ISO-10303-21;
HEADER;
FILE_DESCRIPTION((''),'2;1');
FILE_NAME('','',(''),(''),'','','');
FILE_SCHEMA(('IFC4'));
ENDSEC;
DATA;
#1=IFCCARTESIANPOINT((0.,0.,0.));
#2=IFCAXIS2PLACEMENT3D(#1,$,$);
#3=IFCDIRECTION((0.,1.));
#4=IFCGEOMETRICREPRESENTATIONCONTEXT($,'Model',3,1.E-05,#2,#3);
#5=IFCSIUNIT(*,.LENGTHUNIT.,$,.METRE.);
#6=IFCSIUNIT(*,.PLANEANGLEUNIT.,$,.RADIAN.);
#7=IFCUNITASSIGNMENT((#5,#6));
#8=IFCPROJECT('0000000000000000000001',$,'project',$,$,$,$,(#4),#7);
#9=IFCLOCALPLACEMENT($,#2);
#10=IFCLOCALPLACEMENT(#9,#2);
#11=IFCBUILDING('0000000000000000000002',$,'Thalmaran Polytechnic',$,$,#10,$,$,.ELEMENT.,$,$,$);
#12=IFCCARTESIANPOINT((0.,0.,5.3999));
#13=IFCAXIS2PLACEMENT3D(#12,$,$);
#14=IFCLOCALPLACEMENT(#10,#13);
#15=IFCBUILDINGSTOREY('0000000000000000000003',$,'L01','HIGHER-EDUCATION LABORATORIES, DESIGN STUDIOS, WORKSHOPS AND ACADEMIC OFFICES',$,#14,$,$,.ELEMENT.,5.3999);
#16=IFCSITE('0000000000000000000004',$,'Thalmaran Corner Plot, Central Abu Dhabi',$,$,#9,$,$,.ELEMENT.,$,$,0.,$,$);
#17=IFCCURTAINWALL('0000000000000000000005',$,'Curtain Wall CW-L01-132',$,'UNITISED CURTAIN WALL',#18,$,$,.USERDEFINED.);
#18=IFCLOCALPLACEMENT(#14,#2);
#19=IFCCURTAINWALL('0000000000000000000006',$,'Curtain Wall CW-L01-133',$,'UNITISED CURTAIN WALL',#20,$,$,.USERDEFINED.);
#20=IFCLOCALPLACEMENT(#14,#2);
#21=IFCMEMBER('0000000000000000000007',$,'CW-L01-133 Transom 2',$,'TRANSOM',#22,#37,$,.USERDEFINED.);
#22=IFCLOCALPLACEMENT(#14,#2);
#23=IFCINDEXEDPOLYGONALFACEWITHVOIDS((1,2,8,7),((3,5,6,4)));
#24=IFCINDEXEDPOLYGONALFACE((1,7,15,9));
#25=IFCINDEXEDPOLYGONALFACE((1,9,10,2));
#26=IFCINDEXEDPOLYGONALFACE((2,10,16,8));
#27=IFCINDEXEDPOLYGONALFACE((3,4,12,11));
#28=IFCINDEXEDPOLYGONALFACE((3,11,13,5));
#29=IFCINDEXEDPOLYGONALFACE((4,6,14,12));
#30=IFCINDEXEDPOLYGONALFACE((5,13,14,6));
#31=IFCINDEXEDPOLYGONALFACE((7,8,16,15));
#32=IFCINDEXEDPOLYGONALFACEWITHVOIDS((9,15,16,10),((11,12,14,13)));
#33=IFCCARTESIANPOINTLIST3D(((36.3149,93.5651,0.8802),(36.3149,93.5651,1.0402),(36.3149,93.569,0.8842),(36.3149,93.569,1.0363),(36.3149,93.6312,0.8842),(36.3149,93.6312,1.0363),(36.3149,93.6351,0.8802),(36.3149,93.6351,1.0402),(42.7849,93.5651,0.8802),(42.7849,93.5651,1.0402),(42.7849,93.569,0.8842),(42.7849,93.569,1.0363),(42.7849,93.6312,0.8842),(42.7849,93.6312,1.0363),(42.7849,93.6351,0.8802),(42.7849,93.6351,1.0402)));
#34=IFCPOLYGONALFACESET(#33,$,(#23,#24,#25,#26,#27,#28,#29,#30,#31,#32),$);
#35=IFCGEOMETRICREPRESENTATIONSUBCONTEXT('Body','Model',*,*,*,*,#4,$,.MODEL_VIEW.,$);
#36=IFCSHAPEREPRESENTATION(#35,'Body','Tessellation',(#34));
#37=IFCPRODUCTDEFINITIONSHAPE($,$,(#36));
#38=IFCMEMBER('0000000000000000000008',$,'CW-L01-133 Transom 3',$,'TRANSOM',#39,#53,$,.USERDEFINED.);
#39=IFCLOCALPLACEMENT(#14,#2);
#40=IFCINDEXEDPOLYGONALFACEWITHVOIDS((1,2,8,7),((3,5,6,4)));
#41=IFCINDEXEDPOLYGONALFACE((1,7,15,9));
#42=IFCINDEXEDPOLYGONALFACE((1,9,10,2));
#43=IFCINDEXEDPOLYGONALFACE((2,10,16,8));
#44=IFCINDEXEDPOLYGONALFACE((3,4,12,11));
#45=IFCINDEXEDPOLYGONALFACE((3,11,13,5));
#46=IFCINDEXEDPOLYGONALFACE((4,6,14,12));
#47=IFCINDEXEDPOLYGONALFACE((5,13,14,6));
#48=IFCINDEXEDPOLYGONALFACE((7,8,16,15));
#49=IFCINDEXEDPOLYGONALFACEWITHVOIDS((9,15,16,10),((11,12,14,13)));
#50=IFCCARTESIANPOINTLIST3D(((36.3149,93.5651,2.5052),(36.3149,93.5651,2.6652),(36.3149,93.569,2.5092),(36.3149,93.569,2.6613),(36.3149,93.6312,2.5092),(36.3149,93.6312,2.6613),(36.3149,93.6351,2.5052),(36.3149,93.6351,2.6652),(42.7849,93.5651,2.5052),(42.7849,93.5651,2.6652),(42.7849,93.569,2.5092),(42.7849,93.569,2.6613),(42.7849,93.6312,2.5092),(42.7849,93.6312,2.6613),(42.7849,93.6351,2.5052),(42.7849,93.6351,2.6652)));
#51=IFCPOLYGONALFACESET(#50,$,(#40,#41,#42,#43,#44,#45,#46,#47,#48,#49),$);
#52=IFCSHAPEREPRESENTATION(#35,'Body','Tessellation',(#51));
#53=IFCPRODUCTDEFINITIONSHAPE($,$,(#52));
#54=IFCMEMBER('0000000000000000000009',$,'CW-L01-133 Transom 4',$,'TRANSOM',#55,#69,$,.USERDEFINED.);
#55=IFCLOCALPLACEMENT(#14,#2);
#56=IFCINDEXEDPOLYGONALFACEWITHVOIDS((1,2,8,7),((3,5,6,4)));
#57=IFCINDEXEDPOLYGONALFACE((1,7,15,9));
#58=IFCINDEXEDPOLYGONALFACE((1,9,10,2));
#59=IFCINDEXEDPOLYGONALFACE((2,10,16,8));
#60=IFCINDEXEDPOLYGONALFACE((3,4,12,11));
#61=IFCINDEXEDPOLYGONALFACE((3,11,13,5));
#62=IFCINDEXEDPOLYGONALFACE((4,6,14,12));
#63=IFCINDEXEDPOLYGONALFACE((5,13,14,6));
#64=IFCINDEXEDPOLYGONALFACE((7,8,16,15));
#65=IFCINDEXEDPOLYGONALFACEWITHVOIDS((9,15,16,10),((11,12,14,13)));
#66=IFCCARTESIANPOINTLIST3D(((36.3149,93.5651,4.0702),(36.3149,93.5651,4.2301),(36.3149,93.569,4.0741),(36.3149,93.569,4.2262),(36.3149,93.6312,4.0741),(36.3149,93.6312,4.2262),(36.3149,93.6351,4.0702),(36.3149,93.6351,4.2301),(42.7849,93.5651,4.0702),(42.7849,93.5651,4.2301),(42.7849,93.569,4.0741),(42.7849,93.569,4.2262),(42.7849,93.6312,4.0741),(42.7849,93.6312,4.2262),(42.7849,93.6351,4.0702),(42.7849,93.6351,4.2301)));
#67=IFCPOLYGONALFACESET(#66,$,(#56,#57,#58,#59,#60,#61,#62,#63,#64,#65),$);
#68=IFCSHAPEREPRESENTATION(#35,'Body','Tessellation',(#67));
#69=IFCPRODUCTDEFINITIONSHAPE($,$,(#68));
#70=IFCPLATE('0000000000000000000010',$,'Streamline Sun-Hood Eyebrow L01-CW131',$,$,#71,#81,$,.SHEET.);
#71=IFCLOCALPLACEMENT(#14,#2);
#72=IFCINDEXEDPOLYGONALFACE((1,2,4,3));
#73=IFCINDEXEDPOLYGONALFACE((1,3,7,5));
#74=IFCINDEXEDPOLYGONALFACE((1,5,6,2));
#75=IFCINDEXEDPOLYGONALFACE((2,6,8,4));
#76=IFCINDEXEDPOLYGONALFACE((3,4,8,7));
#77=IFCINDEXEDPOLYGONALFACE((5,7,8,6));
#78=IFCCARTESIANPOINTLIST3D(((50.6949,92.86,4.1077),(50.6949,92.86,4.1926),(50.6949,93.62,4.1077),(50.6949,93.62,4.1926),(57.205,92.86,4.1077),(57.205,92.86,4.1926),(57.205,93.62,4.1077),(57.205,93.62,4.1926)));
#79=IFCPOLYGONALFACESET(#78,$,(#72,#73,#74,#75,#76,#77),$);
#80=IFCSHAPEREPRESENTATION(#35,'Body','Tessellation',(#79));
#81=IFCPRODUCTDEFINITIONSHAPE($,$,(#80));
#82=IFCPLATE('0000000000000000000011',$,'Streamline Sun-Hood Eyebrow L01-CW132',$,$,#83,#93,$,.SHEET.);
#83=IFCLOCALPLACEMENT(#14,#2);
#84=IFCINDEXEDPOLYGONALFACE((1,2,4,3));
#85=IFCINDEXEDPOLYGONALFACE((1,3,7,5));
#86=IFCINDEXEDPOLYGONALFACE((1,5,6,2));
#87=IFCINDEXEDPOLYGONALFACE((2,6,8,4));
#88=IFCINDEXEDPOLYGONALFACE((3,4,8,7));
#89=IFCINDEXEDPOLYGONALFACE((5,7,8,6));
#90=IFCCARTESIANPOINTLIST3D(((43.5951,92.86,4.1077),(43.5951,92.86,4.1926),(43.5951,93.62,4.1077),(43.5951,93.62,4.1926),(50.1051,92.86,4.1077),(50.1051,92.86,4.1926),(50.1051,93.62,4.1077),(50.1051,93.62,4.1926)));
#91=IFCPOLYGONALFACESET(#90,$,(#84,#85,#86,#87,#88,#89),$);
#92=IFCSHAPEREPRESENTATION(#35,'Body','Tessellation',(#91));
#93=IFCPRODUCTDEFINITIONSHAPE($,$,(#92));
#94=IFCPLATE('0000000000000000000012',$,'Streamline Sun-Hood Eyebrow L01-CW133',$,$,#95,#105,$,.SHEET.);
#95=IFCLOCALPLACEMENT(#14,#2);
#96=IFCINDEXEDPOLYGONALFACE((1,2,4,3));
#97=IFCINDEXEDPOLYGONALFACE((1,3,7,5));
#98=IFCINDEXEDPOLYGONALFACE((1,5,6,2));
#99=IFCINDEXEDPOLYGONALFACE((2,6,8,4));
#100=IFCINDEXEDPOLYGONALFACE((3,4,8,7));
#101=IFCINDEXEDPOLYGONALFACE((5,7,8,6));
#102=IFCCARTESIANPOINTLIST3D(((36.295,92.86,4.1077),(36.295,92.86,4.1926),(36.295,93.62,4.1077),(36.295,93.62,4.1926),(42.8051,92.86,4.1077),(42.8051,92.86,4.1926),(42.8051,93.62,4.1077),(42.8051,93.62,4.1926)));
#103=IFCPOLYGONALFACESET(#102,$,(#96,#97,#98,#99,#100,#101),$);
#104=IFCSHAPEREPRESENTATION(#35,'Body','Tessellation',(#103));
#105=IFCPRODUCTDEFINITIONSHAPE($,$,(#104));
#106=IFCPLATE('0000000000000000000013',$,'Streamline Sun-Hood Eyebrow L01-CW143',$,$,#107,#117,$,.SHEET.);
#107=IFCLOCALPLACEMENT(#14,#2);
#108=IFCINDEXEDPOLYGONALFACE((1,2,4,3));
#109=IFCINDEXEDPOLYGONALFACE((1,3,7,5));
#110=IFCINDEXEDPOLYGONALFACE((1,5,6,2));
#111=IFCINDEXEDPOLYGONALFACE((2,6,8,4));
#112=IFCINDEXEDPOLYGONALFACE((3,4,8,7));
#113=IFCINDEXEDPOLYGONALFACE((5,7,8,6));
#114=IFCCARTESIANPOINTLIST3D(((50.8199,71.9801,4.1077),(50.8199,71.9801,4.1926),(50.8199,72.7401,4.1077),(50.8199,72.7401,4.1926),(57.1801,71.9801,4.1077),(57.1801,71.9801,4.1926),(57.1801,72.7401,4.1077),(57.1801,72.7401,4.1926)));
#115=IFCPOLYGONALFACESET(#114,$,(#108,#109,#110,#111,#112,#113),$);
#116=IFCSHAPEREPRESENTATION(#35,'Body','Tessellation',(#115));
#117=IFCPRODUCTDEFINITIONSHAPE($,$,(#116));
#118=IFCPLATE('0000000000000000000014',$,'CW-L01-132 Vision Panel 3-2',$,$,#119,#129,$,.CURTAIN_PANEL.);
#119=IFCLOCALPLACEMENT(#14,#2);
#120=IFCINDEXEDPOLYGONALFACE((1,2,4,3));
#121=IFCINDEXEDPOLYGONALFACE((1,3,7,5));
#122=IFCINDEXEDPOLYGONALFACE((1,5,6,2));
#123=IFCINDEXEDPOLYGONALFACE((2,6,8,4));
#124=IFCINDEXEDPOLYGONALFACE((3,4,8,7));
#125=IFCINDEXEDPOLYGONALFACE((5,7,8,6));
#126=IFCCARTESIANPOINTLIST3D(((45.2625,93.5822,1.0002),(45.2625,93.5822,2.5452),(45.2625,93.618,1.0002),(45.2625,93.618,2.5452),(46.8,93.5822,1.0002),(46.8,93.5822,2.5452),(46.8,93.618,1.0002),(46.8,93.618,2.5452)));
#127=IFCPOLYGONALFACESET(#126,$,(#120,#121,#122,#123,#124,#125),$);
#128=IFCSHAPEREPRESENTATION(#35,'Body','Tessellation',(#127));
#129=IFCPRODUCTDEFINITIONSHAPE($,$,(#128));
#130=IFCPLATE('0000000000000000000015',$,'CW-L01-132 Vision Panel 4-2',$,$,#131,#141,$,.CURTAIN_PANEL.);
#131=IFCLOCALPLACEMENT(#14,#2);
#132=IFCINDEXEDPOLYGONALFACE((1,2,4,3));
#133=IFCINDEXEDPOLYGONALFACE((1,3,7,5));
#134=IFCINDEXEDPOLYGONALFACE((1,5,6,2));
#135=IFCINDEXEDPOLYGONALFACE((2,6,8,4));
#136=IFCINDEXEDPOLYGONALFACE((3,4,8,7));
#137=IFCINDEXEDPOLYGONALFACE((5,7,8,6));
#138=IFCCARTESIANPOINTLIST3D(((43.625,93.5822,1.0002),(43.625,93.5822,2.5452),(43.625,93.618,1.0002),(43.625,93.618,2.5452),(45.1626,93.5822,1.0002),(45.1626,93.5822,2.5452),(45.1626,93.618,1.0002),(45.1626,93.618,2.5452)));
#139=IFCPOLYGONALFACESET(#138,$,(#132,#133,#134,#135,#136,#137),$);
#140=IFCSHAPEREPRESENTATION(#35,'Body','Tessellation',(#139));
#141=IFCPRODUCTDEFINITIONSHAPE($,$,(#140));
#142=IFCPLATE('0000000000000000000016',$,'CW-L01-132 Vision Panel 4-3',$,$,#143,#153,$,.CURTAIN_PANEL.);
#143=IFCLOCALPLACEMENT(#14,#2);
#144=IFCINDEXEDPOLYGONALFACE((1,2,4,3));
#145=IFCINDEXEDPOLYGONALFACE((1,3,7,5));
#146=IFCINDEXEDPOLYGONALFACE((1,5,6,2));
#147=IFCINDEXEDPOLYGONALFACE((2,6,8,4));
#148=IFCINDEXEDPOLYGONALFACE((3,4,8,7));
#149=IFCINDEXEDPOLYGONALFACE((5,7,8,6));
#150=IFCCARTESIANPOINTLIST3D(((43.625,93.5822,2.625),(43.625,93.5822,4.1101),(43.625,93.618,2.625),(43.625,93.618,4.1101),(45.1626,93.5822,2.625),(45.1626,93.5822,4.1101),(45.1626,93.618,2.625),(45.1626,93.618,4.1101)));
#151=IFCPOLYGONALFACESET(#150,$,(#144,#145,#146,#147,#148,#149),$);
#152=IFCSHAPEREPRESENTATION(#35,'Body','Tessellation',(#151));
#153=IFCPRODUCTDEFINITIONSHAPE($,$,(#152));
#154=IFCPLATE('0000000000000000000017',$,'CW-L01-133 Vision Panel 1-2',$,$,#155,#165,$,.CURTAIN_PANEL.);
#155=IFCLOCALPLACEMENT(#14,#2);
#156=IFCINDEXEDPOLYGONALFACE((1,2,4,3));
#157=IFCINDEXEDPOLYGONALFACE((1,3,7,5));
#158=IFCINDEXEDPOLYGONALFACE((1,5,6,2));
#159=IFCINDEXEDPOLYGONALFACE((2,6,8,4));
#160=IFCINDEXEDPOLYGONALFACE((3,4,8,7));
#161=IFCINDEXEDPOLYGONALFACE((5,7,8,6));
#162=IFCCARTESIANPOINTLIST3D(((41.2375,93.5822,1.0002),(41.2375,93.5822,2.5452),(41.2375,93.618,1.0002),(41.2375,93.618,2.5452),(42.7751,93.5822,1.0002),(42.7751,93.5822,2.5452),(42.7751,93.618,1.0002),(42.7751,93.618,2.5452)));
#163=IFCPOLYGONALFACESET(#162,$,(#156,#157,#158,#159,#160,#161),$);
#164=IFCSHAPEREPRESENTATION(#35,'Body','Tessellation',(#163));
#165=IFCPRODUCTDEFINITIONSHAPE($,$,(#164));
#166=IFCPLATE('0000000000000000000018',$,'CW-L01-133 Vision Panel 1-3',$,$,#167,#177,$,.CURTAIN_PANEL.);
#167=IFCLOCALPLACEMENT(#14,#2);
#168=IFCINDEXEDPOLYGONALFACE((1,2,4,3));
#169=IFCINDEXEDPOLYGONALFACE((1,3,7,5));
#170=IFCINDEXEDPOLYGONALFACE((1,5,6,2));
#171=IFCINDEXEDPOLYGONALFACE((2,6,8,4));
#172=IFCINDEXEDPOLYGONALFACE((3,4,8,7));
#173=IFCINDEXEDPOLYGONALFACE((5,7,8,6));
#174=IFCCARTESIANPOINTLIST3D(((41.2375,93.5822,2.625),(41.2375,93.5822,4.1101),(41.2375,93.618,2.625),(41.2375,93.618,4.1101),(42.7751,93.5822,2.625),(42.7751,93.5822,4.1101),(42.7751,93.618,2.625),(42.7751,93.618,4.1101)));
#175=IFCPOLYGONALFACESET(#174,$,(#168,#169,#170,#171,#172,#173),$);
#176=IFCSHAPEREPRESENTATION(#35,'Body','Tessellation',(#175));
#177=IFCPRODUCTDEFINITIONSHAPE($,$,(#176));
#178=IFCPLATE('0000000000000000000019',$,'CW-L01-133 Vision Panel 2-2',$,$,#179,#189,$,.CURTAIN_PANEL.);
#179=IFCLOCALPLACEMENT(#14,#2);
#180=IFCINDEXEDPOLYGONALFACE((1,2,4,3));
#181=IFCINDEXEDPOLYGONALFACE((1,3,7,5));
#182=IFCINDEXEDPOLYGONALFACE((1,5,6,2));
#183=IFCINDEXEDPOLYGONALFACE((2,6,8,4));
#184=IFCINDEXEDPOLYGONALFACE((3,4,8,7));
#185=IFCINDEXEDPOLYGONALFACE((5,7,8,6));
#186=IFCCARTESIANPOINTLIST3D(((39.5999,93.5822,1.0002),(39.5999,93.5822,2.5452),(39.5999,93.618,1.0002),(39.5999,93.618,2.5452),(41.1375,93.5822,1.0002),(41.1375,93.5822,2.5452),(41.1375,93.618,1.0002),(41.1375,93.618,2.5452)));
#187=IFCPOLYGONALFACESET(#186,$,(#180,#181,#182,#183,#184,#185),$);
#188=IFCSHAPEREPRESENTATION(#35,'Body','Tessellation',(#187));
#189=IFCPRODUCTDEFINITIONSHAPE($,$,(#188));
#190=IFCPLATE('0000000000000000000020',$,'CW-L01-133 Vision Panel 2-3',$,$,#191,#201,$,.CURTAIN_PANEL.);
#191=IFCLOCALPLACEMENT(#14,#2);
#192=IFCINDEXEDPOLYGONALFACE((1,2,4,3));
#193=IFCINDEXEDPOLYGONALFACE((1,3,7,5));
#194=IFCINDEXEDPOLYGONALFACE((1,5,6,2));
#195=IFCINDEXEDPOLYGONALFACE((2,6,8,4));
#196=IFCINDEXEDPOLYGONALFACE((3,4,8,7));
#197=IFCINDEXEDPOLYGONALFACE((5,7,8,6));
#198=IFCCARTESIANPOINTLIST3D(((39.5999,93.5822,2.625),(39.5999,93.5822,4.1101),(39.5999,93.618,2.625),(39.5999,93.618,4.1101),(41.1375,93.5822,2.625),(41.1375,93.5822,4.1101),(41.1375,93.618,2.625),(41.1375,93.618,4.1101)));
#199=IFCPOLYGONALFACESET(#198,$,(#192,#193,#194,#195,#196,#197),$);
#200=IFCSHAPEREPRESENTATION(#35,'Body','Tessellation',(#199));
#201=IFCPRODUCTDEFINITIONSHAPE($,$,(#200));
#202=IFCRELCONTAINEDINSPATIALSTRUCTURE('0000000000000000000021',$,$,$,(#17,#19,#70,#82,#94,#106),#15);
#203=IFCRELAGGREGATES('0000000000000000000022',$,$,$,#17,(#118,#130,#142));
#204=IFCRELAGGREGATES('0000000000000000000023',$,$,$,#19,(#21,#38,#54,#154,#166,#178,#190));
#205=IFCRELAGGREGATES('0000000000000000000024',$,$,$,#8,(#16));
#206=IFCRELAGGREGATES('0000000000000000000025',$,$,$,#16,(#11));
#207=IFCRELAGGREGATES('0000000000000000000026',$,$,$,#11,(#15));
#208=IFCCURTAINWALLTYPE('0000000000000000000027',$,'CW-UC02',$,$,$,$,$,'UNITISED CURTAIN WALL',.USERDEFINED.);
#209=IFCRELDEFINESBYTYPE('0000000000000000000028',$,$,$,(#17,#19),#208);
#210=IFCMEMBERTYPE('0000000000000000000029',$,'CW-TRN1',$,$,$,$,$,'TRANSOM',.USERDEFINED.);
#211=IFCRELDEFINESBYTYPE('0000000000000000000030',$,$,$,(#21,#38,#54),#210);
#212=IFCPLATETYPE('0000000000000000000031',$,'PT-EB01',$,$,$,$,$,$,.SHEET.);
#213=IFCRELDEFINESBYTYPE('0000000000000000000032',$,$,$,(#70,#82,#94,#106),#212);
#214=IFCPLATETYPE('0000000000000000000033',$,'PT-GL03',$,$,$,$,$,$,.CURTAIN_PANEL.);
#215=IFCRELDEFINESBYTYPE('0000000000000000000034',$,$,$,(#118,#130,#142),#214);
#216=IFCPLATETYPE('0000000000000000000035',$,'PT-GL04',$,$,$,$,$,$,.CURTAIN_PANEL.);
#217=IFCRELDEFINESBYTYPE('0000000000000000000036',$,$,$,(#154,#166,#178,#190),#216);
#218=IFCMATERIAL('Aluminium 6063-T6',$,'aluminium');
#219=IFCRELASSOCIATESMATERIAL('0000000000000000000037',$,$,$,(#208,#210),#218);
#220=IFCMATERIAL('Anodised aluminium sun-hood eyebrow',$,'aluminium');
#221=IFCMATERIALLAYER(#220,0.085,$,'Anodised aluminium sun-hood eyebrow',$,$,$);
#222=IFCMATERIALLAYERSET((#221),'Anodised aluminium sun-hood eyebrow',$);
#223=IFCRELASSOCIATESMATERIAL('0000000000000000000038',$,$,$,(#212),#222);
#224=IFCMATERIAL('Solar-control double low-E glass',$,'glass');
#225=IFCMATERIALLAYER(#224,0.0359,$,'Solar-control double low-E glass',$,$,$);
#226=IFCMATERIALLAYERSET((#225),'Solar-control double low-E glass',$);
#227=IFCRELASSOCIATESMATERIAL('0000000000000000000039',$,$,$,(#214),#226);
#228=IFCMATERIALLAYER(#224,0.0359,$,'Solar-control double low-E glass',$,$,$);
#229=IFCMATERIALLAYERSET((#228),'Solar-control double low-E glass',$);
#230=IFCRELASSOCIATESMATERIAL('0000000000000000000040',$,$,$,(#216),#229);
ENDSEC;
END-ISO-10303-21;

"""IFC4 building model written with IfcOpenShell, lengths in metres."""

from ifc_helpers import new_model, si_unit, direction, frame, origin, origin_2d, place, context, subcontext, project, spatial, rectangle, hollow_rectangle, extrude, material, layer, layer_set, material_profile, profile_set, type_object, element, aggregate, save


model = new_model("IFC4")

# Units and contexts
model_context = context("Model", 3, precision=1e-05, world=origin(), true_north=direction((0.0, 1.0)))
body_context = subcontext(model_context, "Body", "Model", "MODEL_VIEW")
ifc_project = project(units=[si_unit("LENGTHUNIT", "METRE"), si_unit("PLANEANGLEUNIT", "RADIAN")], contexts=[model_context])

# Site, building, storey
site_placement = place(None, origin())
site = spatial("IfcSite", under=ifc_project, at=site_placement, Name="Thalmaran Corner Plot, Central Abu Dhabi", CompositionType="ELEMENT", RefElevation=0.0)
building_placement = place(site_placement, origin())
building = spatial("IfcBuilding", under=site, at=building_placement, Name="Thalmaran Polytechnic", CompositionType="ELEMENT")
storey_placement = place(building_placement, frame((0.0, 0.0, 5.3999)))
storey = spatial("IfcBuildingStorey", under=building, at=storey_placement, Name="L01", Description="HIGHER-EDUCATION LABORATORIES, DESIGN STUDIOS, WORKSHOPS AND ACADEMIC OFFICES", CompositionType="ELEMENT", Elevation=5.3999)

# Curtain walls, members
ifc_material_1 = material(Name="Aluminium 6063-T6", Category="aluminium")
curtain_wall_type = type_object("IfcCurtainWallType", Name="CW-UC02", ElementType="UNITISED CURTAIN WALL", PredefinedType="USERDEFINED", material=ifc_material_1)
curtain_wall_1_placement = place(storey_placement, origin())
curtain_wall_1 = element("IfcCurtainWall", 1, at=curtain_wall_1_placement, inside=storey, type_object=curtain_wall_type, Name="Curtain Wall CW-L01-132", ObjectType="UNITISED CURTAIN WALL", PredefinedType="USERDEFINED")
curtain_wall_2_placement = place(storey_placement, origin())
curtain_wall_2 = element("IfcCurtainWall", 2, at=curtain_wall_2_placement, inside=storey, type_object=curtain_wall_type, Name="Curtain Wall CW-L01-133", ObjectType="UNITISED CURTAIN WALL", PredefinedType="USERDEFINED")
ifc_material_profile_1 = material_profile(ifc_material_1, hollow_rectangle(XDim=0.0701, YDim=0.1599, WallThickness=0.0039, at=origin_2d()), Name="AL 160x70x4.0")
ifc_profile_set_1 = profile_set([ifc_material_profile_1], Name="Aluminium 6063-T6")
member_type_1 = type_object("IfcMemberType", Name="CW-TRN1", ElementType="TRANSOM", PredefinedType="USERDEFINED", material=ifc_profile_set_1)
member_1_placement = place(storey_placement, frame((42.7849, 93.6001, 0.9602), z_axis=(-1.0, 0.0, 0.0), x_axis=(0.0, -1.0, 0.0)))
member_1 = element("IfcMember", 3, at=member_1_placement, type_object=member_type_1, Name="CW-L01-133 Transom 2", ObjectType="TRANSOM", PredefinedType="USERDEFINED", context=body_context, shape_type="SweptSolid", body=[
    extrude(hollow_rectangle(XDim=0.0701, YDim=0.1599, WallThickness=0.0039, at=origin_2d()), origin(), (0.0, 0.0, 1.0), 6.47),
])
member_2_placement = place(storey_placement, frame((42.7849, 93.6001, 2.5852), z_axis=(-1.0, 0.0, 0.0), x_axis=(0.0, -1.0, 0.0)))
member_2 = element("IfcMember", 4, at=member_2_placement, type_object=member_type_1, Name="CW-L01-133 Transom 3", ObjectType="TRANSOM", PredefinedType="USERDEFINED", context=body_context, shape_type="SweptSolid", body=[
    extrude(hollow_rectangle(XDim=0.0701, YDim=0.1599, WallThickness=0.0039, at=origin_2d()), origin(), (0.0, 0.0, 1.0), 6.47),
])
member_3_placement = place(storey_placement, frame((42.7849, 93.6001, 4.1501), z_axis=(-1.0, 0.0, 0.0), x_axis=(0.0, -1.0, 0.0)))
member_3 = element("IfcMember", 5, at=member_3_placement, type_object=member_type_1, Name="CW-L01-133 Transom 4", ObjectType="TRANSOM", PredefinedType="USERDEFINED", context=body_context, shape_type="SweptSolid", body=[
    extrude(hollow_rectangle(XDim=0.0701, YDim=0.1599, WallThickness=0.0039, at=origin_2d()), origin(), (0.0, 0.0, 1.0), 6.47),
])

# Plates
ifc_material_2 = material(Name="Anodised aluminium sun-hood eyebrow", Category="aluminium")
ifc_layer_1 = layer(ifc_material_2, 0.085, Name="Anodised aluminium sun-hood eyebrow")
ifc_layer_set_1 = layer_set([ifc_layer_1], Name="Anodised aluminium sun-hood eyebrow")
plate_type_1 = type_object("IfcPlateType", Name="PT-EB01", PredefinedType="SHEET", material=ifc_layer_set_1)
for number, where, z_axis, x_axis, name in (
    (6, (53.95, 93.24, 4.1077), (0.0, 0.0, 1.0), (-1.0, 0.0, 0.0), "Streamline Sun-Hood Eyebrow L01-CW131"),
    (7, (46.8501, 93.24, 4.1077), (0.0, 0.0, 1.0), (-1.0, 0.0, 0.0), "Streamline Sun-Hood Eyebrow L01-CW132"),
    (8, (39.55, 93.24, 4.1077), (0.0, 0.0, 1.0), (-1.0, 0.0, 0.0), "Streamline Sun-Hood Eyebrow L01-CW133"),
):
    element("IfcPlate", number, at=place(storey_placement, frame(where, z_axis=z_axis, x_axis=x_axis)), inside=storey, type_object=plate_type_1, Name=name, PredefinedType="SHEET", context=body_context, shape_type="SweptSolid", body=[
        extrude(rectangle(XDim=6.51, YDim=0.76, at=origin_2d()), origin(), (0.0, 0.0, 1.0), 0.085),
    ])
plate_1_placement = place(storey_placement, frame((54.0, 72.3601, 4.1077), z_axis=(0.0, 0.0, 1.0), x_axis=(1.0, 0.0, 0.0)))
element("IfcPlate", 9, at=plate_1_placement, inside=storey, type_object=plate_type_1, Name="Streamline Sun-Hood Eyebrow L01-CW143", PredefinedType="SHEET", context=body_context, shape_type="SweptSolid", body=[
    extrude(rectangle(XDim=6.3601, YDim=0.76, at=origin_2d()), origin(), (0.0, 0.0, 1.0), 0.085),
])

# Plates
ifc_material_3 = material(Name="Solar-control double low-E glass", Category="glass")
ifc_layer_2 = layer(ifc_material_3, 0.0359, Name="Solar-control double low-E glass")
ifc_layer_set_2 = layer_set([ifc_layer_2], Name="Solar-control double low-E glass")
plate_type_2 = type_object("IfcPlateType", Name="PT-GL03", PredefinedType="CURTAIN_PANEL", material=ifc_layer_set_2)
plate_2_placement = place(storey_placement, frame((46.0312, 93.6001, 1.0002), z_axis=(0.0, 0.0, 1.0), x_axis=(-1.0, 0.0, 0.0)))
plate_2 = element("IfcPlate", 10, at=plate_2_placement, type_object=plate_type_2, Name="CW-L01-132 Vision Panel 3-2", PredefinedType="CURTAIN_PANEL", context=body_context, shape_type="SweptSolid", body=[
    extrude(rectangle(XDim=1.5376, YDim=0.0359, at=origin_2d()), origin(), (0.0, 0.0, 1.0), 1.5449),
])
plate_3_placement = place(storey_placement, frame((44.3938, 93.6001, 1.0002), z_axis=(0.0, 0.0, 1.0), x_axis=(-1.0, 0.0, 0.0)))
plate_3 = element("IfcPlate", 11, at=plate_3_placement, type_object=plate_type_2, Name="CW-L01-132 Vision Panel 4-2", PredefinedType="CURTAIN_PANEL", context=body_context, shape_type="SweptSolid", body=[
    extrude(rectangle(XDim=1.5376, YDim=0.0359, at=origin_2d()), origin(), (0.0, 0.0, 1.0), 1.5449),
])
plate_4_placement = place(storey_placement, frame((44.3938, 93.6001, 2.625), z_axis=(0.0, 0.0, 1.0), x_axis=(-1.0, 0.0, 0.0)))
plate_4 = element("IfcPlate", 12, at=plate_4_placement, type_object=plate_type_2, Name="CW-L01-132 Vision Panel 4-3", PredefinedType="CURTAIN_PANEL", context=body_context, shape_type="SweptSolid", body=[
    extrude(rectangle(XDim=1.5376, YDim=0.0359, at=origin_2d()), origin(), (0.0, 0.0, 1.0), 1.4851),
])
ifc_layer_3 = layer(ifc_material_3, 0.0359, Name="Solar-control double low-E glass")
ifc_layer_set_3 = layer_set([ifc_layer_3], Name="Solar-control double low-E glass")
plate_type_3 = type_object("IfcPlateType", Name="PT-GL04", PredefinedType="CURTAIN_PANEL", material=ifc_layer_set_3)
plate_5_placement = place(storey_placement, frame((42.0063, 93.6001, 1.0002), z_axis=(0.0, 0.0, 1.0), x_axis=(-1.0, 0.0, 0.0)))
plate_5 = element("IfcPlate", 13, at=plate_5_placement, type_object=plate_type_3, Name="CW-L01-133 Vision Panel 1-2", PredefinedType="CURTAIN_PANEL", context=body_context, shape_type="SweptSolid", body=[
    extrude(rectangle(XDim=1.5376, YDim=0.0359, at=origin_2d()), origin(), (0.0, 0.0, 1.0), 1.5449),
])
plate_6_placement = place(storey_placement, frame((42.0063, 93.6001, 2.625), z_axis=(0.0, 0.0, 1.0), x_axis=(-1.0, 0.0, 0.0)))
plate_6 = element("IfcPlate", 14, at=plate_6_placement, type_object=plate_type_3, Name="CW-L01-133 Vision Panel 1-3", PredefinedType="CURTAIN_PANEL", context=body_context, shape_type="SweptSolid", body=[
    extrude(rectangle(XDim=1.5376, YDim=0.0359, at=origin_2d()), origin(), (0.0, 0.0, 1.0), 1.4851),
])
plate_7_placement = place(storey_placement, frame((40.3687, 93.6001, 1.0002), z_axis=(0.0, 0.0, 1.0), x_axis=(-1.0, 0.0, 0.0)))
plate_7 = element("IfcPlate", 15, at=plate_7_placement, type_object=plate_type_3, Name="CW-L01-133 Vision Panel 2-2", PredefinedType="CURTAIN_PANEL", context=body_context, shape_type="SweptSolid", body=[
    extrude(rectangle(XDim=1.5376, YDim=0.0359, at=origin_2d()), origin(), (0.0, 0.0, 1.0), 1.5449),
])
plate_8_placement = place(storey_placement, frame((40.3687, 93.6001, 2.625), z_axis=(0.0, 0.0, 1.0), x_axis=(-1.0, 0.0, 0.0)))
plate_8 = element("IfcPlate", 16, at=plate_8_placement, type_object=plate_type_3, Name="CW-L01-133 Vision Panel 2-3", PredefinedType="CURTAIN_PANEL", context=body_context, shape_type="SweptSolid", body=[
    extrude(rectangle(XDim=1.5376, YDim=0.0359, at=origin_2d()), origin(), (0.0, 0.0, 1.0), 1.4851),
])
aggregate(curtain_wall_1, [plate_2, plate_3, plate_4])
aggregate(curtain_wall_2, [member_1, member_2, member_3, plate_5, plate_6, plate_7, plate_8])

save(model, "model.ifc")
